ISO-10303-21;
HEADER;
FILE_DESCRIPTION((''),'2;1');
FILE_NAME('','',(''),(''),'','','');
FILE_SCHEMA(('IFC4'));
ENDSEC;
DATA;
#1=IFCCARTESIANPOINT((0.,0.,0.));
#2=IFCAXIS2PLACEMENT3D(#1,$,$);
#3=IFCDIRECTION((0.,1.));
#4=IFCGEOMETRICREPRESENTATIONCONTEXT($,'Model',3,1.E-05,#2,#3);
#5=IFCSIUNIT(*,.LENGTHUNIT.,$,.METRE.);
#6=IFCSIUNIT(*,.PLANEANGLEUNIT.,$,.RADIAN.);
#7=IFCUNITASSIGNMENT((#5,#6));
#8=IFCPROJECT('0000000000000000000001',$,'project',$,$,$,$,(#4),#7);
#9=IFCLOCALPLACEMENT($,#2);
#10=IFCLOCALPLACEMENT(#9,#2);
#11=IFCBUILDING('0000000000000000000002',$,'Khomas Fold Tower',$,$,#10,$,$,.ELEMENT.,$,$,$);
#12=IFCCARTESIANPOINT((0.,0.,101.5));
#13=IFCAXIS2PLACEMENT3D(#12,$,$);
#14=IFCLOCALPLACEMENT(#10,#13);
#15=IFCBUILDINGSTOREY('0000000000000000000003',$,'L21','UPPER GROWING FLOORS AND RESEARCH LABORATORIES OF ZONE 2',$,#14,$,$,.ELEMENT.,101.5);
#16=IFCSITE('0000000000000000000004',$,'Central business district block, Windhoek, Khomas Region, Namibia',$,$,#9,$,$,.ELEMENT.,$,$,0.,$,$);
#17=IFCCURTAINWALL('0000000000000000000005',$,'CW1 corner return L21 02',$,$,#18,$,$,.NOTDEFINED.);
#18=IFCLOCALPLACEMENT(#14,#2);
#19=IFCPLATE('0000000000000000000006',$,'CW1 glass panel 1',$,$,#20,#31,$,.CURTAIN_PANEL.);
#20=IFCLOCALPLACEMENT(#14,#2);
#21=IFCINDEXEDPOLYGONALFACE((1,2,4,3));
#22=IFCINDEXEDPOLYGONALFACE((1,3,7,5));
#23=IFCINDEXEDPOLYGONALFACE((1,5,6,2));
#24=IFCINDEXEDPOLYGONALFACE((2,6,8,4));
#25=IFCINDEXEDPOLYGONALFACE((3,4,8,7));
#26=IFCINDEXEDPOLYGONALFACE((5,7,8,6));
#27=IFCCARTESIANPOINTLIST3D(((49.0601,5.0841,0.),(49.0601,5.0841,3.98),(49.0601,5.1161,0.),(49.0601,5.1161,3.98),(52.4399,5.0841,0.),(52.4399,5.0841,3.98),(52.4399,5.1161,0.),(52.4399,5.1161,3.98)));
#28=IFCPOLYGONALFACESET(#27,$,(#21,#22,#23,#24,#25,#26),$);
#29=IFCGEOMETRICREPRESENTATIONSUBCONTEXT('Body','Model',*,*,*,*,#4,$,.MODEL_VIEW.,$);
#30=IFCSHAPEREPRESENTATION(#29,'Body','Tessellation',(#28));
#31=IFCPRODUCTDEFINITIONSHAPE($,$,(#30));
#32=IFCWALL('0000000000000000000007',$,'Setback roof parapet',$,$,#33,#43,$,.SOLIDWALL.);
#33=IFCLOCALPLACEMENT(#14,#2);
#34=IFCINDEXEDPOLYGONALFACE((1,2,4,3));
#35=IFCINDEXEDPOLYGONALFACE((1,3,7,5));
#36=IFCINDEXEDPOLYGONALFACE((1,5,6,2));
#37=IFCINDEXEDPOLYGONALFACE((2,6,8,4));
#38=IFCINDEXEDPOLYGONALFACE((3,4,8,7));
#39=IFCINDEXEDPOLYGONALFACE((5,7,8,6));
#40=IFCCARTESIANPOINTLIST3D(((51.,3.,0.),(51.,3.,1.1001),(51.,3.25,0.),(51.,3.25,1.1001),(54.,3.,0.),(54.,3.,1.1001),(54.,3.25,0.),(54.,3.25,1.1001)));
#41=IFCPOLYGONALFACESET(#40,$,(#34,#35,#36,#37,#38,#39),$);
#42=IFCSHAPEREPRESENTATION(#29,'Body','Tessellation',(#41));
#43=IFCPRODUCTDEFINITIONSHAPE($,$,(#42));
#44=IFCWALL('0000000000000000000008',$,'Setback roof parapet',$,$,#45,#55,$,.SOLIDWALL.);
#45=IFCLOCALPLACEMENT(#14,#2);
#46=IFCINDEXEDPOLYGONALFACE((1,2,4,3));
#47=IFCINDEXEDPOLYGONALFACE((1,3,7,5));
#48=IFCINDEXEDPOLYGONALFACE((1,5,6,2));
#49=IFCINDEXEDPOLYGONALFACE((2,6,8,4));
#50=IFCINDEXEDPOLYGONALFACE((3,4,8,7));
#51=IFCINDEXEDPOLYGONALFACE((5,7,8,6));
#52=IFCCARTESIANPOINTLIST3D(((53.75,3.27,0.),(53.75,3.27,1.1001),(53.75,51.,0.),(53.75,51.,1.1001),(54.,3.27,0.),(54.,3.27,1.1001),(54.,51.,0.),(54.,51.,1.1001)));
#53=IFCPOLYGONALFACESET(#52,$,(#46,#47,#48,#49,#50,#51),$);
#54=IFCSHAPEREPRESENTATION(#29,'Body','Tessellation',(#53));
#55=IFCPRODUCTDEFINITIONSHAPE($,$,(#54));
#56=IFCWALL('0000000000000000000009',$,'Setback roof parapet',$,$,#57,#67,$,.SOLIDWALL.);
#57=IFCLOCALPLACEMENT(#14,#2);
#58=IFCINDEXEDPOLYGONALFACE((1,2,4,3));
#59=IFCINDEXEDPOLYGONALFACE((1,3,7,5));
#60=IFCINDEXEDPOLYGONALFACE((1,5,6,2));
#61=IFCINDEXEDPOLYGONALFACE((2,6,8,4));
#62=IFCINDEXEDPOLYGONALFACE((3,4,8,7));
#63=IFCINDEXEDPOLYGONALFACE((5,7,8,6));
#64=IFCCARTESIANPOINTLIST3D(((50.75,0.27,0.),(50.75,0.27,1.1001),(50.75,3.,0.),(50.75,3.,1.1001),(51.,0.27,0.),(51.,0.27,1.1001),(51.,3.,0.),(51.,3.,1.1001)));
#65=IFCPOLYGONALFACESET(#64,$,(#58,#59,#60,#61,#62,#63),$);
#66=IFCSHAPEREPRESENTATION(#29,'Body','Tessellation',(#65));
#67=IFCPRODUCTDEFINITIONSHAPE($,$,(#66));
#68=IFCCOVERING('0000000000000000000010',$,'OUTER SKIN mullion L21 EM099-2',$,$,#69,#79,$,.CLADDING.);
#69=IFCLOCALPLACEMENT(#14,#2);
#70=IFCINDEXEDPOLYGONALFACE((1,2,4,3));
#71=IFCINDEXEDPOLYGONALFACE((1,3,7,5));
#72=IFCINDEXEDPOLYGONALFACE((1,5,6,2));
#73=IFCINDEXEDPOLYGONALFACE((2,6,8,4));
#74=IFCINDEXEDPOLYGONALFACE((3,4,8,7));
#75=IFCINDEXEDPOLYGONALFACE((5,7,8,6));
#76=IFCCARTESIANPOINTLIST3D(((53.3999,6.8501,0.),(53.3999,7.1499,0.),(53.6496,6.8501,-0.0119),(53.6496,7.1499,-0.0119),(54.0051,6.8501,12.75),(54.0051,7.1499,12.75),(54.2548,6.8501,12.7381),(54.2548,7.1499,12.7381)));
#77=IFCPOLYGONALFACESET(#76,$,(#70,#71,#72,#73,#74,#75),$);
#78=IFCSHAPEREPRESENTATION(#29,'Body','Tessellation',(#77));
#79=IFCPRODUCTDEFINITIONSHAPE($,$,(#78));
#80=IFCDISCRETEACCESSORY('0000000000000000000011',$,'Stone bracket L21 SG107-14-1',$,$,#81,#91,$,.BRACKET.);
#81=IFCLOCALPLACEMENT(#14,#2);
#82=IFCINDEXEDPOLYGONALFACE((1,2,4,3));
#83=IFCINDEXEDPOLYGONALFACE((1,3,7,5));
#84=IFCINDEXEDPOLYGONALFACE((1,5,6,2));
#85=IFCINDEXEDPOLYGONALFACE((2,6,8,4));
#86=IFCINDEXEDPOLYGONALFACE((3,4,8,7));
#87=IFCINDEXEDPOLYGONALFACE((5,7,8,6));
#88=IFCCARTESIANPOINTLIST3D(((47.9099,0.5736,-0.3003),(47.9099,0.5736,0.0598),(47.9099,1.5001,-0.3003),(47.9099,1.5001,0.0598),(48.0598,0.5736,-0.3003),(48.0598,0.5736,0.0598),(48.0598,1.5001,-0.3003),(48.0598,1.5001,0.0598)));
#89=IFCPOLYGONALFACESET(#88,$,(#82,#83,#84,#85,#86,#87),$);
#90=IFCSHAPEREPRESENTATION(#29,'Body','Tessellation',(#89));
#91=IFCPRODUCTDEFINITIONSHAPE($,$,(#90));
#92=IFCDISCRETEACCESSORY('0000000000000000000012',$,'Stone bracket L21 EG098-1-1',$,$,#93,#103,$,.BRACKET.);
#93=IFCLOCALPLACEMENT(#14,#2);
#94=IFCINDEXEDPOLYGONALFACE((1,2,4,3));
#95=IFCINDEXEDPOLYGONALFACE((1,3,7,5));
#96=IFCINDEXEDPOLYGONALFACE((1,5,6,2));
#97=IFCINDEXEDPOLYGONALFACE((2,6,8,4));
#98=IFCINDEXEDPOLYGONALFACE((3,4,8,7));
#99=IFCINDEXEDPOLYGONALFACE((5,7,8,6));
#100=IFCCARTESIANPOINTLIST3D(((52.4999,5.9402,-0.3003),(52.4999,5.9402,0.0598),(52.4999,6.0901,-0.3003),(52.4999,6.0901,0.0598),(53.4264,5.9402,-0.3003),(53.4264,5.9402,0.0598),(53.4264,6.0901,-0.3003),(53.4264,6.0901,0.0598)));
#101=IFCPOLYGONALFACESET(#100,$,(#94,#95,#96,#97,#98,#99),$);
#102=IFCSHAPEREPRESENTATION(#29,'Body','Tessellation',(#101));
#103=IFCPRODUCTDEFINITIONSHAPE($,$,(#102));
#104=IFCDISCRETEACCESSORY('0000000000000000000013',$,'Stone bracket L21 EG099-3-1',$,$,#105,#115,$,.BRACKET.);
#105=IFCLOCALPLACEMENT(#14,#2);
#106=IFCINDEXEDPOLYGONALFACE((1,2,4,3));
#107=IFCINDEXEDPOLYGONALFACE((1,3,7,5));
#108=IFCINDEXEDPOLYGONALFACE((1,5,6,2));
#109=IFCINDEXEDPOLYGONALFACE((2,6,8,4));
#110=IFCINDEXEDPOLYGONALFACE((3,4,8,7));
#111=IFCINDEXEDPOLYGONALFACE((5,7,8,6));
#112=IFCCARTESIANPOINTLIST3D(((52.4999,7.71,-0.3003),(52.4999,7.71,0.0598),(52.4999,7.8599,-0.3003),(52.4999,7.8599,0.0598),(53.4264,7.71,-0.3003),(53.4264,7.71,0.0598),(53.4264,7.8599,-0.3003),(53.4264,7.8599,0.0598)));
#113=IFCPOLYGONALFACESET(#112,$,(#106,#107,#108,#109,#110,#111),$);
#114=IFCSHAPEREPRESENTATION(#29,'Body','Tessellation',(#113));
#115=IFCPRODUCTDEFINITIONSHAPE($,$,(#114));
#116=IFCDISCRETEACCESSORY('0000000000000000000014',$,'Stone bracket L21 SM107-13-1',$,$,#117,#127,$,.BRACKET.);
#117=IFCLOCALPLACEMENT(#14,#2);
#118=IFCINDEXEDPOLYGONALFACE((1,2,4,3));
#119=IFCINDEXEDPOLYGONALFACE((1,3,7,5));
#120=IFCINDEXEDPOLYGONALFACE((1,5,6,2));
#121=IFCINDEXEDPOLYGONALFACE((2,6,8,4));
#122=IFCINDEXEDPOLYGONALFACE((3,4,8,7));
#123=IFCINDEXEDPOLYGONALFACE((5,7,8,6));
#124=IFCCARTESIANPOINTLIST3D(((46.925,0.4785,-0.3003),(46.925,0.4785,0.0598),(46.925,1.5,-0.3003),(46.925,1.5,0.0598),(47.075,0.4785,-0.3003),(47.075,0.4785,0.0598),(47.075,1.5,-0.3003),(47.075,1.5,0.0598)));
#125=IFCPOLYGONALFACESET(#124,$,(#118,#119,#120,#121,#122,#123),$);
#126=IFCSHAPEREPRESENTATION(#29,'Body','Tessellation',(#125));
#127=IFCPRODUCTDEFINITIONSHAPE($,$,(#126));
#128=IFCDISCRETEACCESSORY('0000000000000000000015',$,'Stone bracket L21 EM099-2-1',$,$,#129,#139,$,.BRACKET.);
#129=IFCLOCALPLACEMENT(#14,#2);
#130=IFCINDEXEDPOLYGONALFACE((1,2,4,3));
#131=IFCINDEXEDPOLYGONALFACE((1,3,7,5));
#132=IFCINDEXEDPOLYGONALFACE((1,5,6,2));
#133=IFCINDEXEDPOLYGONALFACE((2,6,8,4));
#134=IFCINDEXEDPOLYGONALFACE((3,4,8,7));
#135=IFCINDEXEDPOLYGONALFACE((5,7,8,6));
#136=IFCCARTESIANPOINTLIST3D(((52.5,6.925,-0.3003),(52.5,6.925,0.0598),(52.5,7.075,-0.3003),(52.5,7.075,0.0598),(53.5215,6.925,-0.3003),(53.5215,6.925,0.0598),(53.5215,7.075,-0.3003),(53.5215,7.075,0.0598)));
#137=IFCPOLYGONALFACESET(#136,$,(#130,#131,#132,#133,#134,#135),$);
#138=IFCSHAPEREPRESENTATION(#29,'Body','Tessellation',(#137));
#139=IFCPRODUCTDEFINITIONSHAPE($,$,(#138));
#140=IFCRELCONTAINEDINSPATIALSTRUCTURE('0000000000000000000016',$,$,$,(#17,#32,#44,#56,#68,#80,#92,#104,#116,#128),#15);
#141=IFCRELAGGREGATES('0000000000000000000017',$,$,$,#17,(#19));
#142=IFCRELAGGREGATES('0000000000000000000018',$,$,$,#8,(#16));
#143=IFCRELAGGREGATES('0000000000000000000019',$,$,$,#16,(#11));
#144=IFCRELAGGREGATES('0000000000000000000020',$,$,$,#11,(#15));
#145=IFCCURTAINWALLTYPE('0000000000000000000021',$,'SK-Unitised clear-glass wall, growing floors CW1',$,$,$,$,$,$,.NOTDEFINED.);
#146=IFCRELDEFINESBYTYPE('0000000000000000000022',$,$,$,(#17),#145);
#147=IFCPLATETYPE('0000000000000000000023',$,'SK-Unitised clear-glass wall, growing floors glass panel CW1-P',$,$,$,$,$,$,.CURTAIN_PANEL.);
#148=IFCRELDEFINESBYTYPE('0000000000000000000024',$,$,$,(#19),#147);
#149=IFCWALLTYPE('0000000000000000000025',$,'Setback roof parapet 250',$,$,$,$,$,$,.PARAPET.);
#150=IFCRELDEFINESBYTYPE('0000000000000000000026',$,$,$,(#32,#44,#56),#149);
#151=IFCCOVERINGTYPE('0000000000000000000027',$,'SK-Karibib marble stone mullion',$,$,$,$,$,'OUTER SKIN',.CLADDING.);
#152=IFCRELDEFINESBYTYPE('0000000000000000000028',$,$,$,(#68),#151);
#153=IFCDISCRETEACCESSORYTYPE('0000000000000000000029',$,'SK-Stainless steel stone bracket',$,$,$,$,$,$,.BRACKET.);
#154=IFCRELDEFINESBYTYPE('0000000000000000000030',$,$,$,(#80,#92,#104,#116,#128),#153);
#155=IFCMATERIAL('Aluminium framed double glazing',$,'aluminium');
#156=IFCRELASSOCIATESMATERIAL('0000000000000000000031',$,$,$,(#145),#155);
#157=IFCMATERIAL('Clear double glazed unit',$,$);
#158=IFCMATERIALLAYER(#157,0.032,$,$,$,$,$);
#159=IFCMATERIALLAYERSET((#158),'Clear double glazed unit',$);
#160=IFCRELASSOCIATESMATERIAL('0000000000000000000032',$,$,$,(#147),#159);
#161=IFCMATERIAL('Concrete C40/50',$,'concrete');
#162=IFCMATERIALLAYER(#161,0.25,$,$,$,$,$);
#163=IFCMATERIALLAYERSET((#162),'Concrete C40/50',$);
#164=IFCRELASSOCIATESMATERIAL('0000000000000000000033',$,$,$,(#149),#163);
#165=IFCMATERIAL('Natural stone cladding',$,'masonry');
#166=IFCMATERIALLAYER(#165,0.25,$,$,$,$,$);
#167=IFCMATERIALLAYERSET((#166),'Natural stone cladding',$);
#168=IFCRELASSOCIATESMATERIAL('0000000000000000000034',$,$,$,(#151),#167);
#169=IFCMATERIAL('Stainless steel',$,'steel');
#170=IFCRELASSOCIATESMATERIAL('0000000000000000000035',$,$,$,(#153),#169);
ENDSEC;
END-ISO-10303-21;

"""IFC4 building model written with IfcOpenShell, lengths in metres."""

from ifc_helpers import new_model, si_unit, direction, frame, frame_2d, origin, origin_2d, place, context, subcontext, project, spatial, polyline, rectangle, outline, extrude, source, transform, mapped, material, layer, layer_set, type_object, element, aggregate, save


model = new_model("IFC4")

# Units and contexts
model_context = context("Model", 3, precision=1e-05, world=origin(), true_north=direction((0.0, 1.0)))
body_context = subcontext(model_context, "Body", "Model", "MODEL_VIEW")
ifc_project = project(units=[si_unit("LENGTHUNIT", "METRE"), si_unit("PLANEANGLEUNIT", "RADIAN")], contexts=[model_context])

# Site, building, storey
site_placement = place(None, origin())
site = spatial("IfcSite", under=ifc_project, at=site_placement, Name="Central business district block, Windhoek, Khomas Region, Namibia", CompositionType="ELEMENT", RefElevation=0.0)
building_placement = place(site_placement, origin())
building = spatial("IfcBuilding", under=site, at=building_placement, Name="Khomas Fold Tower", CompositionType="ELEMENT")
storey_placement = place(building_placement, frame((0.0, 0.0, 101.5)))
storey = spatial("IfcBuildingStorey", under=building, at=storey_placement, Name="L21", Description="UPPER GROWING FLOORS AND RESEARCH LABORATORIES OF ZONE 2", CompositionType="ELEMENT", Elevation=101.5)

# Curtain wall
ifc_material_1 = material(Name="Aluminium framed double glazing", Category="aluminium")
curtain_wall_type = type_object("IfcCurtainWallType", Name="SK-Unitised clear-glass wall, growing floors CW1", PredefinedType="NOTDEFINED", material=ifc_material_1)
curtain_wall_1_placement = place(storey_placement, origin())
curtain_wall_1 = element("IfcCurtainWall", 1, at=curtain_wall_1_placement, inside=storey, type_object=curtain_wall_type, Name="CW1 corner return L21 02", PredefinedType="NOTDEFINED")

# Plate
ifc_material_2 = material(Name="Clear double glazed unit")
ifc_layer_1 = layer(ifc_material_2, 0.032)
ifc_layer_set_1 = layer_set([ifc_layer_1], Name="Clear double glazed unit")
plate_type_1 = type_object("IfcPlateType", Name="SK-Unitised clear-glass wall, growing floors glass panel CW1-P", PredefinedType="CURTAIN_PANEL", material=ifc_layer_set_1)
shared_shape_1 = source(origin(), body_context, "Body", "SweptSolid", [
    extrude(rectangle(XDim=3.3799, YDim=0.032, at=origin_2d()), origin(), (0.0, 0.0, 1.0), 3.98),
])
plate_1_placement = place(storey_placement, frame((50.75, 5.1001, 0.0), z_axis=(0.0, 0.0, 1.0), x_axis=(1.0, 0.0, 0.0)))
plate_1 = element("IfcPlate", 2, at=plate_1_placement, type_object=plate_type_1, Name="CW1 glass panel 1", PredefinedType="CURTAIN_PANEL", context=body_context, shape_type="MappedRepresentation", body=[
    mapped(shared_shape_1, transform((0.0, 0.0, 0.0))),
])
aggregate(curtain_wall_1, [plate_1])

# Walls
ifc_material_3 = material(Name="Concrete C40/50", Category="concrete")
ifc_layer_2 = layer(ifc_material_3, 0.25)
ifc_layer_set_2 = layer_set([ifc_layer_2], Name="Concrete C40/50")
wall_type = type_object("IfcWallType", Name="Setback roof parapet 250", PredefinedType="PARAPET", material=ifc_layer_set_2)
shared_shape_2 = source(origin(), body_context, "Body", "SweptSolid", [
    extrude(rectangle(XDim=3.0, YDim=0.25, at=frame_2d((1.5, 0.0))), origin(), (0.0, 0.0, 1.0), 1.1001),
])
wall_1_placement = place(storey_placement, frame((51.0, 3.125, 0.0), z_axis=(0.0, 0.0, 1.0), x_axis=(1.0, 0.0, 0.0)))
element("IfcWall", 3, at=wall_1_placement, inside=storey, type_object=wall_type, Name="Setback roof parapet", PredefinedType="SOLIDWALL", context=body_context, shape_type="MappedRepresentation", body=[
    mapped(shared_shape_2, transform((0.0, 0.0, 0.0))),
])
shared_shape_3 = source(origin(), body_context, "Body", "SweptSolid", [
    extrude(rectangle(XDim=47.73, YDim=0.25, at=frame_2d((23.865, 0.0))), origin(), (0.0, 0.0, 1.0), 1.1001),
])
wall_2_placement = place(storey_placement, frame((53.875, 3.27, 0.0), z_axis=(0.0, 0.0, 1.0), x_axis=(0.0, 1.0, 0.0)))
element("IfcWall", 4, at=wall_2_placement, inside=storey, type_object=wall_type, Name="Setback roof parapet", PredefinedType="SOLIDWALL", context=body_context, shape_type="MappedRepresentation", body=[
    mapped(shared_shape_3, transform((0.0, 0.0, 0.0))),
])
shared_shape_4 = source(origin(), body_context, "Body", "SweptSolid", [
    extrude(rectangle(XDim=2.73, YDim=0.25, at=frame_2d((1.365, 0.0))), origin(), (0.0, 0.0, 1.0), 1.1001),
])
wall_3_placement = place(storey_placement, frame((50.875, 0.27, 0.0), z_axis=(0.0, 0.0, 1.0), x_axis=(0.0, 1.0, 0.0)))
element("IfcWall", 5, at=wall_3_placement, inside=storey, type_object=wall_type, Name="Setback roof parapet", PredefinedType="SOLIDWALL", context=body_context, shape_type="MappedRepresentation", body=[
    mapped(shared_shape_4, transform((0.0, 0.0, 0.0))),
])

# Covering
ifc_material_4 = material(Name="Natural stone cladding", Category="masonry")
ifc_layer_3 = layer(ifc_material_4, 0.25)
ifc_layer_set_3 = layer_set([ifc_layer_3], Name="Natural stone cladding")
covering_type = type_object("IfcCoveringType", Name="SK-Karibib marble stone mullion", ElementType="OUTER SKIN", PredefinedType="CLADDING", material=ifc_layer_set_3)
covering_placement = place(storey_placement, frame((53.3999, 6.8501, 0.0), z_axis=(-0.998875, 0.0, 0.047415), x_axis=(0.047415, 0.0, 0.998875)))
element("IfcCovering", 6, at=covering_placement, inside=storey, type_object=covering_type, Name="OUTER SKIN mullion L21 EM099-2", PredefinedType="CLADDING", context=body_context, shape_type="SweptSolid", body=[
    extrude(outline(polyline([(0.0, 0.0), (12.7644, 0.0), (12.7644, 0.2998), (0.0, 0.2998), (0.0, 0.0)])), origin(), (0.0, 0.0, -1.0), 0.25),
])

# Discrete accessories
ifc_material_5 = material(Name="Stainless steel", Category="steel")
discrete_accessory_type = type_object("IfcDiscreteAccessoryType", Name="SK-Stainless steel stone bracket", PredefinedType="BRACKET", material=ifc_material_5)
shared_shape_5 = source(origin(), body_context, "Body", "SweptSolid", [
    extrude(rectangle(XDim=0.9265, YDim=0.1499, at=origin_2d()), origin(), (0.0, 0.0, 1.0), 0.3601),
])
for number, where, z_axis, x_axis, name in (
    (7, (47.9849, 1.0369, -0.3003), (0.0, 0.0, 1.0), (0.0, -1.0, 0.0), "Stone bracket L21 SG107-14-1"),
    (8, (52.9631, 6.0151, -0.3003), (0.0, 0.0, 1.0), (1.0, 0.0, 0.0), "Stone bracket L21 EG098-1-1"),
    (9, (52.9631, 7.7849, -0.3003), (0.0, 0.0, 1.0), (1.0, 0.0, 0.0), "Stone bracket L21 EG099-3-1"),
):
    element("IfcDiscreteAccessory", number, at=place(storey_placement, frame(where, z_axis=z_axis, x_axis=x_axis)), inside=storey, type_object=discrete_accessory_type, Name=name, PredefinedType="BRACKET", context=body_context, shape_type="MappedRepresentation", body=[
        mapped(shared_shape_5, transform((0.0, 0.0, 0.0))),
    ])
shared_shape_6 = source(origin(), body_context, "Body", "SweptSolid", [
    extrude(rectangle(XDim=1.0215, YDim=0.1499, at=origin_2d()), origin(), (0.0, 0.0, 1.0), 0.3601),
])
for number, where, z_axis, x_axis, name in (
    (10, (47.0, 0.9893, -0.3003), (0.0, 0.0, 1.0), (0.0, -1.0, 0.0), "Stone bracket L21 SM107-13-1"),
    (11, (53.0107, 7.0, -0.3003), (0.0, 0.0, 1.0), (1.0, 0.0, 0.0), "Stone bracket L21 EM099-2-1"),
):
    element("IfcDiscreteAccessory", number, at=place(storey_placement, frame(where, z_axis=z_axis, x_axis=x_axis)), inside=storey, type_object=discrete_accessory_type, Name=name, PredefinedType="BRACKET", context=body_context, shape_type="MappedRepresentation", body=[
        mapped(shared_shape_6, transform((0.0, 0.0, 0.0))),
    ])

save(model, "model.ifc")
